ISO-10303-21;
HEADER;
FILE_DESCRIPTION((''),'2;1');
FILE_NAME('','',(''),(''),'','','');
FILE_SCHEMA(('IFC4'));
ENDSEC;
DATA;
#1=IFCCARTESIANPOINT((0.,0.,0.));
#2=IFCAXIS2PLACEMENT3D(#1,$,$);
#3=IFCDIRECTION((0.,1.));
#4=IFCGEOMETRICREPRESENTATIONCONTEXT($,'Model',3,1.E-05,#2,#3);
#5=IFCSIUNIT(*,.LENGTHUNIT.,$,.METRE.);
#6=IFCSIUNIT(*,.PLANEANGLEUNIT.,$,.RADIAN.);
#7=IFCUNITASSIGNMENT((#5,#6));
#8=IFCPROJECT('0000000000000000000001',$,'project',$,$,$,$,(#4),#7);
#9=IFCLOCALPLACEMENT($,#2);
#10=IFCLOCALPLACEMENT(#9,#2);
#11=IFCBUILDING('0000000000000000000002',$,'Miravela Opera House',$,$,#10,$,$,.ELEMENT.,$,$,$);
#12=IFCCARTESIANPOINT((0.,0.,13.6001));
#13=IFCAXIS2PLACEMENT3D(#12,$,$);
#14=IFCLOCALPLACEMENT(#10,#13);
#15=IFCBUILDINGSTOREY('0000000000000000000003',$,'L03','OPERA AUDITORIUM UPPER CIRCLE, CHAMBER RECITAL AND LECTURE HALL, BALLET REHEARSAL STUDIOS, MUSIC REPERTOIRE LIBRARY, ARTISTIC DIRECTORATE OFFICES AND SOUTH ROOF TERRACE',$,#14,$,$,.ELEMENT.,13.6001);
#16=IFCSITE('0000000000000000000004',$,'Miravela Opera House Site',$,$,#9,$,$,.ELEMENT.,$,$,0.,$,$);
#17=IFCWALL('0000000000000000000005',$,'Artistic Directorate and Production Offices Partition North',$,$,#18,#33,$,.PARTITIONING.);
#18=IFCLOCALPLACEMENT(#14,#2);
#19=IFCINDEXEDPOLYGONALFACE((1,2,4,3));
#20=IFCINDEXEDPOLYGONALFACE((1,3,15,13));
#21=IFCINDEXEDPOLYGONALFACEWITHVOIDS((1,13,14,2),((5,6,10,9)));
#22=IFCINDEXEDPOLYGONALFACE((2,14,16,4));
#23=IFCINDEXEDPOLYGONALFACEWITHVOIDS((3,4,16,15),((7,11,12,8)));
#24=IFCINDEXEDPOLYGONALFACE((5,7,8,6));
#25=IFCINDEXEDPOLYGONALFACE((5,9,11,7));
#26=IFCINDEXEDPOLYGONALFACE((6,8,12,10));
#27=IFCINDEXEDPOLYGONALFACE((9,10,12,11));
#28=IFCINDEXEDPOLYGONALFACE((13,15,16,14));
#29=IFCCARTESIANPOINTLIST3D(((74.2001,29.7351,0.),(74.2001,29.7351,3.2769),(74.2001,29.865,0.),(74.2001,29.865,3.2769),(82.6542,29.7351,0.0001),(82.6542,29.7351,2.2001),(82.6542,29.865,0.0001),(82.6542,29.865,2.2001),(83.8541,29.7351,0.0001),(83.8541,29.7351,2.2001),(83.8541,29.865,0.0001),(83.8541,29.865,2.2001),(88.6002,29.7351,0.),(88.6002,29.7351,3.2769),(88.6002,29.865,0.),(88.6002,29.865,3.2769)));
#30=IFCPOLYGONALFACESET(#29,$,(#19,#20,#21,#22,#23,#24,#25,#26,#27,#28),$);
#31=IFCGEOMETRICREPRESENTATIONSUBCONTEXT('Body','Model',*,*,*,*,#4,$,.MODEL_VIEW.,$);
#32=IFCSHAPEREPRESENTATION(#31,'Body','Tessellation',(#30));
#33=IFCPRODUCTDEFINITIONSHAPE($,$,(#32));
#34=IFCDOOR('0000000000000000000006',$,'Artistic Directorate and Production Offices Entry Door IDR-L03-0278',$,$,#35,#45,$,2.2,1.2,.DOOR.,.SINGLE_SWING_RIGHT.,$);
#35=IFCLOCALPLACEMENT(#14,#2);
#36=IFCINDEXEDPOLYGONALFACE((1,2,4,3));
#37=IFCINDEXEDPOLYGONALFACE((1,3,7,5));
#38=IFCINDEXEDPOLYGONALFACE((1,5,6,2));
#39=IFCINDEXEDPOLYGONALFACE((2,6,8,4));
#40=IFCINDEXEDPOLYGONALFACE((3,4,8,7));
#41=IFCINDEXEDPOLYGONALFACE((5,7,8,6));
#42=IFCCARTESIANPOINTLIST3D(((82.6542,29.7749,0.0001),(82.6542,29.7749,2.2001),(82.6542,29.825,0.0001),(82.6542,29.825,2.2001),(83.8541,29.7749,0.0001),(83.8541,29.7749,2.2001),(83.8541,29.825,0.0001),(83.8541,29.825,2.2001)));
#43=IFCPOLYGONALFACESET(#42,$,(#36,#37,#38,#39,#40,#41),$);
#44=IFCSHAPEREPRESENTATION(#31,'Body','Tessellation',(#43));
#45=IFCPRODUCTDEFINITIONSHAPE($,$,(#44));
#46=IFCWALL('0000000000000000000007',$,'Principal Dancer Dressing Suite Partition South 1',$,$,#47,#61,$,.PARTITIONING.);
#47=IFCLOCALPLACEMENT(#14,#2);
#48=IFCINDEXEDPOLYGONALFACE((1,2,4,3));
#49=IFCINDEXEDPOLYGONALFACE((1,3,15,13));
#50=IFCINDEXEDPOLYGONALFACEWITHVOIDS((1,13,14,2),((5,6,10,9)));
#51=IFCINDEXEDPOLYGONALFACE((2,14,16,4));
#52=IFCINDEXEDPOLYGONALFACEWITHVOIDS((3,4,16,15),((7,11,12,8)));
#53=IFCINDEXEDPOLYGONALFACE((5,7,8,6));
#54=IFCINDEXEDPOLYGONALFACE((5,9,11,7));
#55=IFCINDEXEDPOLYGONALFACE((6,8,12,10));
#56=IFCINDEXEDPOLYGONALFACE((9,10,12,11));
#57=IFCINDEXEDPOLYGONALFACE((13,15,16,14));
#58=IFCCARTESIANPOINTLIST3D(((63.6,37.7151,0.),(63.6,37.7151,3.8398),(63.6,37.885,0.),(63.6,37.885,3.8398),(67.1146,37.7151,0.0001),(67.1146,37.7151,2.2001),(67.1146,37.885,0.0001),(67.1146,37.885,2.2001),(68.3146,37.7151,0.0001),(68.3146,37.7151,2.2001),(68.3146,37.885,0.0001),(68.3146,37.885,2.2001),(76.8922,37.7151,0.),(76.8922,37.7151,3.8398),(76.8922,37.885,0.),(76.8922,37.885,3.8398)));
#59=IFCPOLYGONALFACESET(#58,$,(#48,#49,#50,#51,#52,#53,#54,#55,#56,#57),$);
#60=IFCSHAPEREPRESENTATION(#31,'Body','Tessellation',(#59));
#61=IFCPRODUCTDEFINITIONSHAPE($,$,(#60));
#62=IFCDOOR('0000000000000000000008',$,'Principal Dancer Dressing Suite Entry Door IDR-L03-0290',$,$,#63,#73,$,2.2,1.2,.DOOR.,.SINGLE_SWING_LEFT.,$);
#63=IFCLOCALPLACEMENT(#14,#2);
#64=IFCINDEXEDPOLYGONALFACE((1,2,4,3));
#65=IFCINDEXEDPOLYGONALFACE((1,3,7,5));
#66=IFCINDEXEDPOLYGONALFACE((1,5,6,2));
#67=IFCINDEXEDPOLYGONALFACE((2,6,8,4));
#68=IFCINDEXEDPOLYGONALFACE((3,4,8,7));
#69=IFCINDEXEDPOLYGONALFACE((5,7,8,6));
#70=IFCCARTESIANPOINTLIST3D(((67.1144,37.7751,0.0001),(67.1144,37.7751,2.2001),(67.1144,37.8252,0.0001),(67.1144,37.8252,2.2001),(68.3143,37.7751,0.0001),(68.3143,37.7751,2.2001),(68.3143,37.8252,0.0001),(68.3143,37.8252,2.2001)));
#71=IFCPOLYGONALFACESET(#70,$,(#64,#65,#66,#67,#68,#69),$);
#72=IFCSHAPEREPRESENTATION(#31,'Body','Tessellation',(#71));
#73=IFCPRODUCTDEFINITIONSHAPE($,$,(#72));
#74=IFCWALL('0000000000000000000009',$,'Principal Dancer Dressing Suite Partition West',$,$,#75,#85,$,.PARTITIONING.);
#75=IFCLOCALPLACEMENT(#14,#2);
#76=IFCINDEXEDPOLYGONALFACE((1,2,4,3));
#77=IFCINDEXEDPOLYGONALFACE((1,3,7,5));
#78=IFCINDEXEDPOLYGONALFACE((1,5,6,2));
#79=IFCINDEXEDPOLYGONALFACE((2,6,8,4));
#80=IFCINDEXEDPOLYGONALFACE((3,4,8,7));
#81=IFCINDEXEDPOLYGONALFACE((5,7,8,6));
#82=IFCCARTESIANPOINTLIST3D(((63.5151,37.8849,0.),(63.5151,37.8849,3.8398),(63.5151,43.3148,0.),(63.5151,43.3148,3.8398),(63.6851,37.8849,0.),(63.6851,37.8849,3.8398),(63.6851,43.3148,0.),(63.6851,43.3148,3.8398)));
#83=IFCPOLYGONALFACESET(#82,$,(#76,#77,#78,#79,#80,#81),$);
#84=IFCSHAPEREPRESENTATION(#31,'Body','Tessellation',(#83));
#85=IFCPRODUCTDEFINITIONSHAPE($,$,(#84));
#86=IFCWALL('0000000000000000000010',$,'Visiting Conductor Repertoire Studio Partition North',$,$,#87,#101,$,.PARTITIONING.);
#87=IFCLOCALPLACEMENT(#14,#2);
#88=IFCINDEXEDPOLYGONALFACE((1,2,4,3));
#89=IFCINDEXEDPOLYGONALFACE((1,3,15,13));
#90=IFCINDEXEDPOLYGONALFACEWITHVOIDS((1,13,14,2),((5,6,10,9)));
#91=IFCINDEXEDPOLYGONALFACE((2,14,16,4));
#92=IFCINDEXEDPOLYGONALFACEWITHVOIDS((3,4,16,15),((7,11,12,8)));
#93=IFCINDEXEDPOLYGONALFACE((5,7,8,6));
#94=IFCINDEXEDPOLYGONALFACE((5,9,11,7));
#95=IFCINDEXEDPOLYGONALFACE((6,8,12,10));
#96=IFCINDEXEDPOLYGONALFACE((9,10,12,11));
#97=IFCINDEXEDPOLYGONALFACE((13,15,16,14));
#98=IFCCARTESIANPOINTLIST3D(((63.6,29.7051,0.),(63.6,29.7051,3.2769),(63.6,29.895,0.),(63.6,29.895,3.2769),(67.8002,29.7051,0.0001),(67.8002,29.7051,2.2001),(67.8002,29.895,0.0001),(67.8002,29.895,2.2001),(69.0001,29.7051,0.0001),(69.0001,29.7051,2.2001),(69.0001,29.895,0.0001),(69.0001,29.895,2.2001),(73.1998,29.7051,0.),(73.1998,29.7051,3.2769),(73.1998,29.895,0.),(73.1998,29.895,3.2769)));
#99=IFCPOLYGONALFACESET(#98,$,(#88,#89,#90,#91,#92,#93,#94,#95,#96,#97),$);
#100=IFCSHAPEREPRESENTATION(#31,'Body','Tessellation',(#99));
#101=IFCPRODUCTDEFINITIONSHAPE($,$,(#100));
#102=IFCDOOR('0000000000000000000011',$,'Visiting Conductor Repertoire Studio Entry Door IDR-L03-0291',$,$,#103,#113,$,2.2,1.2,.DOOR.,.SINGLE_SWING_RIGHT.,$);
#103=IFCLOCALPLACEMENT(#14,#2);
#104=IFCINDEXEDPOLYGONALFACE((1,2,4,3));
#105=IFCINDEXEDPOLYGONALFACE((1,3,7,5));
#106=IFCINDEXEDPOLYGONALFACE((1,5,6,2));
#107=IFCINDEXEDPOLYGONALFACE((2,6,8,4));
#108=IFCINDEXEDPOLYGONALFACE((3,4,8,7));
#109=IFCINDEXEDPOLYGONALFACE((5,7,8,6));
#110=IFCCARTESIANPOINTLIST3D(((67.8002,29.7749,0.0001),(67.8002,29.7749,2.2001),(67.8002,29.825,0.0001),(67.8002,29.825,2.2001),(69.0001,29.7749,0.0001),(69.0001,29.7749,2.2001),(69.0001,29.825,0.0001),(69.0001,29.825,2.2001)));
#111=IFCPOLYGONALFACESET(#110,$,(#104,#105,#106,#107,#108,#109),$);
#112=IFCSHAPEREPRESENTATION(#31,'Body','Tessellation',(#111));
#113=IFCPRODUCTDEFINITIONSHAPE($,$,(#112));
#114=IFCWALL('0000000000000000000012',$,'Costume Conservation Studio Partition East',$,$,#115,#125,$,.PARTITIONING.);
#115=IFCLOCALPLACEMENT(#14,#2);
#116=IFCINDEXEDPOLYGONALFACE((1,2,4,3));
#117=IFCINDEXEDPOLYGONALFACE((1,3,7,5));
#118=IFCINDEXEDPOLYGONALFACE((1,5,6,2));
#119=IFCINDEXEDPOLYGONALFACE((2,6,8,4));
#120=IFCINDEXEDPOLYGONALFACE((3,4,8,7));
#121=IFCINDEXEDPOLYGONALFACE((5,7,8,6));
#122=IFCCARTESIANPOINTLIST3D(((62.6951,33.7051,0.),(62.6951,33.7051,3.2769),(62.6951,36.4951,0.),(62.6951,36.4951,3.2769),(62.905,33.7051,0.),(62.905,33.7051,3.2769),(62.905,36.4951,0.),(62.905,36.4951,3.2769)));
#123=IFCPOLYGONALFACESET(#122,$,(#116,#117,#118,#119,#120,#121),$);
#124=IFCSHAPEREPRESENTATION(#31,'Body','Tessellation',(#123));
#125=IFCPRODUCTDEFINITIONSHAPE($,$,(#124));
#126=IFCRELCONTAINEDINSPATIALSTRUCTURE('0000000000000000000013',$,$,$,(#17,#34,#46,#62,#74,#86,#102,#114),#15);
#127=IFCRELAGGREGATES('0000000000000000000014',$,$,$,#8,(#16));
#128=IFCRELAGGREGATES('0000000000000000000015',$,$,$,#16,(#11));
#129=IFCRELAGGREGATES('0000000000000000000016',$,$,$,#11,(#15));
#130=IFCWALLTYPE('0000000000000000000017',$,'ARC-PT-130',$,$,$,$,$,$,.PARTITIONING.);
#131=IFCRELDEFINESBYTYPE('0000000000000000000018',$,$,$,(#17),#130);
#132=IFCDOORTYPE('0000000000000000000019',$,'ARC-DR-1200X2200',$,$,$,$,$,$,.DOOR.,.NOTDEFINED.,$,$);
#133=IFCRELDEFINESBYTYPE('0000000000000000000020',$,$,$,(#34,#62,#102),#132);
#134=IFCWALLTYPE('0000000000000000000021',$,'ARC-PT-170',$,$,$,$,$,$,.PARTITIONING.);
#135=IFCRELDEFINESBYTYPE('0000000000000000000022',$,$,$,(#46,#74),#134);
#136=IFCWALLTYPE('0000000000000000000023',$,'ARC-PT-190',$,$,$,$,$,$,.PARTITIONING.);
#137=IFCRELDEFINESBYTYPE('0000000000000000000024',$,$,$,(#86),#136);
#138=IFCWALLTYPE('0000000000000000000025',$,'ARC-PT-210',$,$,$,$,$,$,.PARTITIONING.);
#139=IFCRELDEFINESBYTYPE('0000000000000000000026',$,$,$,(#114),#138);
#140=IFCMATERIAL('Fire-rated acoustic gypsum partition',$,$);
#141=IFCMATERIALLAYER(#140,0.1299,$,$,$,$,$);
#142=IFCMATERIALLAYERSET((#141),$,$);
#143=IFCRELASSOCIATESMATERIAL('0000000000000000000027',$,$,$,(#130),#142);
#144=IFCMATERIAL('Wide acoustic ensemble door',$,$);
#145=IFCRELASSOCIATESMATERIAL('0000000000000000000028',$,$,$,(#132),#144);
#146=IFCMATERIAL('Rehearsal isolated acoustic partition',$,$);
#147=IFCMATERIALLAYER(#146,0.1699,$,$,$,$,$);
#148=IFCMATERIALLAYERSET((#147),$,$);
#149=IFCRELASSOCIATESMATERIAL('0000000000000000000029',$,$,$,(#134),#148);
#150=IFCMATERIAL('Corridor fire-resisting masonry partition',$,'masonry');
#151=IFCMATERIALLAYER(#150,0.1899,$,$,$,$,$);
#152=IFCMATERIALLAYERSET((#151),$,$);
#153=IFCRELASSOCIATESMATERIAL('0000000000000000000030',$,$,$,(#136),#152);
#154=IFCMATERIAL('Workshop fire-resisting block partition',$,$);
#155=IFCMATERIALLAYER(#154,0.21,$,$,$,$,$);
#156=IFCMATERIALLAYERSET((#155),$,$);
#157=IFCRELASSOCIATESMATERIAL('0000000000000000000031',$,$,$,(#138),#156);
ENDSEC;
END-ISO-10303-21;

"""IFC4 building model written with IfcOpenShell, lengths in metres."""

from ifc_helpers import new_model, si_unit, direction, frame, frame_2d, origin, place, context, subcontext, project, spatial, rectangle, extrude, material, layer, layer_set, type_object, element, fill, save


model = new_model("IFC4")

# Units and contexts
model_context = context("Model", 3, precision=1e-05, world=origin(), true_north=direction((0.0, 1.0)))
body_context = subcontext(model_context, "Body", "Model", "MODEL_VIEW")
ifc_project = project(units=[si_unit("LENGTHUNIT", "METRE"), si_unit("PLANEANGLEUNIT", "RADIAN")], contexts=[model_context])

# Site, building, storey
site_placement = place(None, origin())
site = spatial("IfcSite", under=ifc_project, at=site_placement, Name="Miravela Opera House Site", CompositionType="ELEMENT", RefElevation=0.0)
building_placement = place(site_placement, origin())
building = spatial("IfcBuilding", under=site, at=building_placement, Name="Miravela Opera House", CompositionType="ELEMENT")
storey_placement = place(building_placement, frame((0.0, 0.0, 13.6001)))
storey = spatial("IfcBuildingStorey", under=building, at=storey_placement, Name="L03", Description="OPERA AUDITORIUM UPPER CIRCLE, CHAMBER RECITAL AND LECTURE HALL, BALLET REHEARSAL STUDIOS, MUSIC REPERTOIRE LIBRARY, ARTISTIC DIRECTORATE OFFICES AND SOUTH ROOF TERRACE", CompositionType="ELEMENT", Elevation=13.6001)

# Walls, openings, doors
ifc_material_1 = material(Name="Fire-rated acoustic gypsum partition")
ifc_layer_1 = layer(ifc_material_1, 0.1299)
ifc_layer_set_1 = layer_set([ifc_layer_1])
wall_type_1 = type_object("IfcWallType", Name="ARC-PT-130", PredefinedType="PARTITIONING", material=ifc_layer_set_1)
wall_1_placement = place(storey_placement, frame((74.2, 29.8, 0.0), z_axis=(0.0, 0.0, 1.0), x_axis=(1.0, 0.0, 0.0)))
wall_1 = element("IfcWall", 1, at=wall_1_placement, inside=storey, type_object=wall_type_1, Name="Artistic Directorate and Production Offices Partition North", PredefinedType="PARTITIONING", context=body_context, shape_type="SweptSolid", body=[
    extrude(rectangle(XDim=14.4001, YDim=0.1299, at=frame_2d((7.2002, 0.0))), origin(), (0.0, 0.0, 1.0), 3.2769),
])
opening_1_placement = place(wall_1_placement, frame((8.4541, 0.0, 0.0)))
opening_1 = element("IfcOpeningElement", 2, at=opening_1_placement, cuts=wall_1, PredefinedType="OPENING", context=body_context, shape_type="SweptSolid", body=[
    extrude(rectangle(XDim=1.2, YDim=2.2, at=frame_2d((0.6001, 1.1001))), frame((0.0, 0.075, 0.0), z_axis=(0.0, -1.0, 0.0), x_axis=(1.0, 0.0, 0.0)), (0.0, 0.0, 1.0), 0.1499),
])
ifc_material_2 = material(Name="Wide acoustic ensemble door")
door_type = type_object("IfcDoorType", Name="ARC-DR-1200X2200", OperationType="NOTDEFINED", PredefinedType="DOOR", material=ifc_material_2)
door_1_placement = place(opening_1_placement, origin())
door_1 = element("IfcDoor", 3, at=door_1_placement, inside=storey, type_object=door_type, Name="Artistic Directorate and Production Offices Entry Door IDR-L03-0278", OperationType="SINGLE_SWING_RIGHT", OverallHeight=2.2, OverallWidth=1.2, PredefinedType="DOOR", context=body_context, shape_type="SweptSolid", body=[
    extrude(rectangle(XDim=1.2, YDim=2.2, at=frame_2d((0.6001, 1.1001))), frame((0.0, 0.0249, 0.0), z_axis=(0.0, -1.0, 0.0), x_axis=(1.0, 0.0, 0.0)), (0.0, 0.0, 1.0), 0.05),
])
fill(opening_1, door_1)
ifc_material_3 = material(Name="Rehearsal isolated acoustic partition")
ifc_layer_2 = layer(ifc_material_3, 0.1699)
ifc_layer_set_2 = layer_set([ifc_layer_2])
wall_type_2 = type_object("IfcWallType", Name="ARC-PT-170", PredefinedType="PARTITIONING", material=ifc_layer_set_2)
wall_2_placement = place(storey_placement, frame((63.6001, 37.8, 0.0), z_axis=(0.0, 0.0, 1.0), x_axis=(1.0, 0.0, 0.0)))
wall_2 = element("IfcWall", 4, at=wall_2_placement, inside=storey, type_object=wall_type_2, Name="Principal Dancer Dressing Suite Partition South 1", PredefinedType="PARTITIONING", context=body_context, shape_type="SweptSolid", body=[
    extrude(rectangle(XDim=13.2922, YDim=0.1699, at=frame_2d((6.646, 0.0))), origin(), (0.0, 0.0, 1.0), 3.8398),
])
opening_2_placement = place(wall_2_placement, frame((3.5144, 0.0, 0.0)))
opening_2 = element("IfcOpeningElement", 5, at=opening_2_placement, cuts=wall_2, PredefinedType="OPENING", context=body_context, shape_type="SweptSolid", body=[
    extrude(rectangle(XDim=1.2, YDim=2.2, at=frame_2d((0.6001, 1.1001))), frame((0.0, 0.095, 0.0), z_axis=(0.0, -1.0, 0.0), x_axis=(1.0, 0.0, 0.0)), (0.0, 0.0, 1.0), 0.1899),
])
door_2_placement = place(opening_2_placement, frame((1.2, 0.0, 0.0), z_axis=(0.0, 0.0, 1.0), x_axis=(-1.0, 0.0, 0.0)))
door_2 = element("IfcDoor", 6, at=door_2_placement, inside=storey, type_object=door_type, Name="Principal Dancer Dressing Suite Entry Door IDR-L03-0290", OperationType="SINGLE_SWING_LEFT", OverallHeight=2.2, OverallWidth=1.2, PredefinedType="DOOR", context=body_context, shape_type="SweptSolid", body=[
    extrude(rectangle(XDim=1.2, YDim=2.2, at=frame_2d((0.6001, 1.1001))), frame((0.0, 0.0249, 0.0), z_axis=(0.0, -1.0, 0.0), x_axis=(1.0, 0.0, 0.0)), (0.0, 0.0, 1.0), 0.05),
])
fill(opening_2, door_2)

# Wall
wall_3_placement = place(storey_placement, frame((63.6001, 37.885, 0.0), z_axis=(0.0, 0.0, 1.0), x_axis=(0.0, 1.0, 0.0)))
element("IfcWall", 7, at=wall_3_placement, inside=storey, type_object=wall_type_2, Name="Principal Dancer Dressing Suite Partition West", PredefinedType="PARTITIONING", context=body_context, shape_type="SweptSolid", body=[
    extrude(rectangle(XDim=5.4299, YDim=0.1699, at=frame_2d((2.7148, 0.0))), origin(), (0.0, 0.0, 1.0), 3.8398),
])

# Wall, opening, door
ifc_material_4 = material(Name="Corridor fire-resisting masonry partition", Category="masonry")
ifc_layer_3 = layer(ifc_material_4, 0.1899)
ifc_layer_set_3 = layer_set([ifc_layer_3])
wall_type_3 = type_object("IfcWallType", Name="ARC-PT-190", PredefinedType="PARTITIONING", material=ifc_layer_set_3)
wall_4_placement = place(storey_placement, frame((63.6001, 29.8, 0.0), z_axis=(0.0, 0.0, 1.0), x_axis=(1.0, 0.0, 0.0)))
wall_4 = element("IfcWall", 8, at=wall_4_placement, inside=storey, type_object=wall_type_3, Name="Visiting Conductor Repertoire Studio Partition North", PredefinedType="PARTITIONING", context=body_context, shape_type="SweptSolid", body=[
    extrude(rectangle(XDim=9.5999, YDim=0.1899, at=frame_2d((4.7998, 0.0))), origin(), (0.0, 0.0, 1.0), 3.2769),
])
opening_3_placement = place(wall_4_placement, frame((4.2, 0.0, 0.0)))
opening_3 = element("IfcOpeningElement", 9, at=opening_3_placement, cuts=wall_4, PredefinedType="OPENING", context=body_context, shape_type="SweptSolid", body=[
    extrude(rectangle(XDim=1.2, YDim=2.2, at=frame_2d((0.6001, 1.1001))), frame((0.0, 0.105, 0.0), z_axis=(0.0, -1.0, 0.0), x_axis=(1.0, 0.0, 0.0)), (0.0, 0.0, 1.0), 0.21),
])
door_3_placement = place(opening_3_placement, origin())
door_3 = element("IfcDoor", 10, at=door_3_placement, inside=storey, type_object=door_type, Name="Visiting Conductor Repertoire Studio Entry Door IDR-L03-0291", OperationType="SINGLE_SWING_RIGHT", OverallHeight=2.2, OverallWidth=1.2, PredefinedType="DOOR", context=body_context, shape_type="SweptSolid", body=[
    extrude(rectangle(XDim=1.2, YDim=2.2, at=frame_2d((0.6001, 1.1001))), frame((0.0, 0.0249, 0.0), z_axis=(0.0, -1.0, 0.0), x_axis=(1.0, 0.0, 0.0)), (0.0, 0.0, 1.0), 0.05),
])
fill(opening_3, door_3)

# Wall
ifc_material_5 = material(Name="Workshop fire-resisting block partition")
ifc_layer_4 = layer(ifc_material_5, 0.21)
ifc_layer_set_4 = layer_set([ifc_layer_4])
wall_type_4 = type_object("IfcWallType", Name="ARC-PT-210", PredefinedType="PARTITIONING", material=ifc_layer_set_4)
wall_5_placement = place(storey_placement, frame((62.8, 33.7051, 0.0), z_axis=(0.0, 0.0, 1.0), x_axis=(0.0, 1.0, 0.0)))
element("IfcWall", 11, at=wall_5_placement, inside=storey, type_object=wall_type_4, Name="Costume Conservation Studio Partition East", PredefinedType="PARTITIONING", context=body_context, shape_type="SweptSolid", body=[
    extrude(rectangle(XDim=2.79, YDim=0.21, at=frame_2d((1.395, 0.0))), origin(), (0.0, 0.0, 1.0), 3.2769),
])

save(model, "model.ifc")
